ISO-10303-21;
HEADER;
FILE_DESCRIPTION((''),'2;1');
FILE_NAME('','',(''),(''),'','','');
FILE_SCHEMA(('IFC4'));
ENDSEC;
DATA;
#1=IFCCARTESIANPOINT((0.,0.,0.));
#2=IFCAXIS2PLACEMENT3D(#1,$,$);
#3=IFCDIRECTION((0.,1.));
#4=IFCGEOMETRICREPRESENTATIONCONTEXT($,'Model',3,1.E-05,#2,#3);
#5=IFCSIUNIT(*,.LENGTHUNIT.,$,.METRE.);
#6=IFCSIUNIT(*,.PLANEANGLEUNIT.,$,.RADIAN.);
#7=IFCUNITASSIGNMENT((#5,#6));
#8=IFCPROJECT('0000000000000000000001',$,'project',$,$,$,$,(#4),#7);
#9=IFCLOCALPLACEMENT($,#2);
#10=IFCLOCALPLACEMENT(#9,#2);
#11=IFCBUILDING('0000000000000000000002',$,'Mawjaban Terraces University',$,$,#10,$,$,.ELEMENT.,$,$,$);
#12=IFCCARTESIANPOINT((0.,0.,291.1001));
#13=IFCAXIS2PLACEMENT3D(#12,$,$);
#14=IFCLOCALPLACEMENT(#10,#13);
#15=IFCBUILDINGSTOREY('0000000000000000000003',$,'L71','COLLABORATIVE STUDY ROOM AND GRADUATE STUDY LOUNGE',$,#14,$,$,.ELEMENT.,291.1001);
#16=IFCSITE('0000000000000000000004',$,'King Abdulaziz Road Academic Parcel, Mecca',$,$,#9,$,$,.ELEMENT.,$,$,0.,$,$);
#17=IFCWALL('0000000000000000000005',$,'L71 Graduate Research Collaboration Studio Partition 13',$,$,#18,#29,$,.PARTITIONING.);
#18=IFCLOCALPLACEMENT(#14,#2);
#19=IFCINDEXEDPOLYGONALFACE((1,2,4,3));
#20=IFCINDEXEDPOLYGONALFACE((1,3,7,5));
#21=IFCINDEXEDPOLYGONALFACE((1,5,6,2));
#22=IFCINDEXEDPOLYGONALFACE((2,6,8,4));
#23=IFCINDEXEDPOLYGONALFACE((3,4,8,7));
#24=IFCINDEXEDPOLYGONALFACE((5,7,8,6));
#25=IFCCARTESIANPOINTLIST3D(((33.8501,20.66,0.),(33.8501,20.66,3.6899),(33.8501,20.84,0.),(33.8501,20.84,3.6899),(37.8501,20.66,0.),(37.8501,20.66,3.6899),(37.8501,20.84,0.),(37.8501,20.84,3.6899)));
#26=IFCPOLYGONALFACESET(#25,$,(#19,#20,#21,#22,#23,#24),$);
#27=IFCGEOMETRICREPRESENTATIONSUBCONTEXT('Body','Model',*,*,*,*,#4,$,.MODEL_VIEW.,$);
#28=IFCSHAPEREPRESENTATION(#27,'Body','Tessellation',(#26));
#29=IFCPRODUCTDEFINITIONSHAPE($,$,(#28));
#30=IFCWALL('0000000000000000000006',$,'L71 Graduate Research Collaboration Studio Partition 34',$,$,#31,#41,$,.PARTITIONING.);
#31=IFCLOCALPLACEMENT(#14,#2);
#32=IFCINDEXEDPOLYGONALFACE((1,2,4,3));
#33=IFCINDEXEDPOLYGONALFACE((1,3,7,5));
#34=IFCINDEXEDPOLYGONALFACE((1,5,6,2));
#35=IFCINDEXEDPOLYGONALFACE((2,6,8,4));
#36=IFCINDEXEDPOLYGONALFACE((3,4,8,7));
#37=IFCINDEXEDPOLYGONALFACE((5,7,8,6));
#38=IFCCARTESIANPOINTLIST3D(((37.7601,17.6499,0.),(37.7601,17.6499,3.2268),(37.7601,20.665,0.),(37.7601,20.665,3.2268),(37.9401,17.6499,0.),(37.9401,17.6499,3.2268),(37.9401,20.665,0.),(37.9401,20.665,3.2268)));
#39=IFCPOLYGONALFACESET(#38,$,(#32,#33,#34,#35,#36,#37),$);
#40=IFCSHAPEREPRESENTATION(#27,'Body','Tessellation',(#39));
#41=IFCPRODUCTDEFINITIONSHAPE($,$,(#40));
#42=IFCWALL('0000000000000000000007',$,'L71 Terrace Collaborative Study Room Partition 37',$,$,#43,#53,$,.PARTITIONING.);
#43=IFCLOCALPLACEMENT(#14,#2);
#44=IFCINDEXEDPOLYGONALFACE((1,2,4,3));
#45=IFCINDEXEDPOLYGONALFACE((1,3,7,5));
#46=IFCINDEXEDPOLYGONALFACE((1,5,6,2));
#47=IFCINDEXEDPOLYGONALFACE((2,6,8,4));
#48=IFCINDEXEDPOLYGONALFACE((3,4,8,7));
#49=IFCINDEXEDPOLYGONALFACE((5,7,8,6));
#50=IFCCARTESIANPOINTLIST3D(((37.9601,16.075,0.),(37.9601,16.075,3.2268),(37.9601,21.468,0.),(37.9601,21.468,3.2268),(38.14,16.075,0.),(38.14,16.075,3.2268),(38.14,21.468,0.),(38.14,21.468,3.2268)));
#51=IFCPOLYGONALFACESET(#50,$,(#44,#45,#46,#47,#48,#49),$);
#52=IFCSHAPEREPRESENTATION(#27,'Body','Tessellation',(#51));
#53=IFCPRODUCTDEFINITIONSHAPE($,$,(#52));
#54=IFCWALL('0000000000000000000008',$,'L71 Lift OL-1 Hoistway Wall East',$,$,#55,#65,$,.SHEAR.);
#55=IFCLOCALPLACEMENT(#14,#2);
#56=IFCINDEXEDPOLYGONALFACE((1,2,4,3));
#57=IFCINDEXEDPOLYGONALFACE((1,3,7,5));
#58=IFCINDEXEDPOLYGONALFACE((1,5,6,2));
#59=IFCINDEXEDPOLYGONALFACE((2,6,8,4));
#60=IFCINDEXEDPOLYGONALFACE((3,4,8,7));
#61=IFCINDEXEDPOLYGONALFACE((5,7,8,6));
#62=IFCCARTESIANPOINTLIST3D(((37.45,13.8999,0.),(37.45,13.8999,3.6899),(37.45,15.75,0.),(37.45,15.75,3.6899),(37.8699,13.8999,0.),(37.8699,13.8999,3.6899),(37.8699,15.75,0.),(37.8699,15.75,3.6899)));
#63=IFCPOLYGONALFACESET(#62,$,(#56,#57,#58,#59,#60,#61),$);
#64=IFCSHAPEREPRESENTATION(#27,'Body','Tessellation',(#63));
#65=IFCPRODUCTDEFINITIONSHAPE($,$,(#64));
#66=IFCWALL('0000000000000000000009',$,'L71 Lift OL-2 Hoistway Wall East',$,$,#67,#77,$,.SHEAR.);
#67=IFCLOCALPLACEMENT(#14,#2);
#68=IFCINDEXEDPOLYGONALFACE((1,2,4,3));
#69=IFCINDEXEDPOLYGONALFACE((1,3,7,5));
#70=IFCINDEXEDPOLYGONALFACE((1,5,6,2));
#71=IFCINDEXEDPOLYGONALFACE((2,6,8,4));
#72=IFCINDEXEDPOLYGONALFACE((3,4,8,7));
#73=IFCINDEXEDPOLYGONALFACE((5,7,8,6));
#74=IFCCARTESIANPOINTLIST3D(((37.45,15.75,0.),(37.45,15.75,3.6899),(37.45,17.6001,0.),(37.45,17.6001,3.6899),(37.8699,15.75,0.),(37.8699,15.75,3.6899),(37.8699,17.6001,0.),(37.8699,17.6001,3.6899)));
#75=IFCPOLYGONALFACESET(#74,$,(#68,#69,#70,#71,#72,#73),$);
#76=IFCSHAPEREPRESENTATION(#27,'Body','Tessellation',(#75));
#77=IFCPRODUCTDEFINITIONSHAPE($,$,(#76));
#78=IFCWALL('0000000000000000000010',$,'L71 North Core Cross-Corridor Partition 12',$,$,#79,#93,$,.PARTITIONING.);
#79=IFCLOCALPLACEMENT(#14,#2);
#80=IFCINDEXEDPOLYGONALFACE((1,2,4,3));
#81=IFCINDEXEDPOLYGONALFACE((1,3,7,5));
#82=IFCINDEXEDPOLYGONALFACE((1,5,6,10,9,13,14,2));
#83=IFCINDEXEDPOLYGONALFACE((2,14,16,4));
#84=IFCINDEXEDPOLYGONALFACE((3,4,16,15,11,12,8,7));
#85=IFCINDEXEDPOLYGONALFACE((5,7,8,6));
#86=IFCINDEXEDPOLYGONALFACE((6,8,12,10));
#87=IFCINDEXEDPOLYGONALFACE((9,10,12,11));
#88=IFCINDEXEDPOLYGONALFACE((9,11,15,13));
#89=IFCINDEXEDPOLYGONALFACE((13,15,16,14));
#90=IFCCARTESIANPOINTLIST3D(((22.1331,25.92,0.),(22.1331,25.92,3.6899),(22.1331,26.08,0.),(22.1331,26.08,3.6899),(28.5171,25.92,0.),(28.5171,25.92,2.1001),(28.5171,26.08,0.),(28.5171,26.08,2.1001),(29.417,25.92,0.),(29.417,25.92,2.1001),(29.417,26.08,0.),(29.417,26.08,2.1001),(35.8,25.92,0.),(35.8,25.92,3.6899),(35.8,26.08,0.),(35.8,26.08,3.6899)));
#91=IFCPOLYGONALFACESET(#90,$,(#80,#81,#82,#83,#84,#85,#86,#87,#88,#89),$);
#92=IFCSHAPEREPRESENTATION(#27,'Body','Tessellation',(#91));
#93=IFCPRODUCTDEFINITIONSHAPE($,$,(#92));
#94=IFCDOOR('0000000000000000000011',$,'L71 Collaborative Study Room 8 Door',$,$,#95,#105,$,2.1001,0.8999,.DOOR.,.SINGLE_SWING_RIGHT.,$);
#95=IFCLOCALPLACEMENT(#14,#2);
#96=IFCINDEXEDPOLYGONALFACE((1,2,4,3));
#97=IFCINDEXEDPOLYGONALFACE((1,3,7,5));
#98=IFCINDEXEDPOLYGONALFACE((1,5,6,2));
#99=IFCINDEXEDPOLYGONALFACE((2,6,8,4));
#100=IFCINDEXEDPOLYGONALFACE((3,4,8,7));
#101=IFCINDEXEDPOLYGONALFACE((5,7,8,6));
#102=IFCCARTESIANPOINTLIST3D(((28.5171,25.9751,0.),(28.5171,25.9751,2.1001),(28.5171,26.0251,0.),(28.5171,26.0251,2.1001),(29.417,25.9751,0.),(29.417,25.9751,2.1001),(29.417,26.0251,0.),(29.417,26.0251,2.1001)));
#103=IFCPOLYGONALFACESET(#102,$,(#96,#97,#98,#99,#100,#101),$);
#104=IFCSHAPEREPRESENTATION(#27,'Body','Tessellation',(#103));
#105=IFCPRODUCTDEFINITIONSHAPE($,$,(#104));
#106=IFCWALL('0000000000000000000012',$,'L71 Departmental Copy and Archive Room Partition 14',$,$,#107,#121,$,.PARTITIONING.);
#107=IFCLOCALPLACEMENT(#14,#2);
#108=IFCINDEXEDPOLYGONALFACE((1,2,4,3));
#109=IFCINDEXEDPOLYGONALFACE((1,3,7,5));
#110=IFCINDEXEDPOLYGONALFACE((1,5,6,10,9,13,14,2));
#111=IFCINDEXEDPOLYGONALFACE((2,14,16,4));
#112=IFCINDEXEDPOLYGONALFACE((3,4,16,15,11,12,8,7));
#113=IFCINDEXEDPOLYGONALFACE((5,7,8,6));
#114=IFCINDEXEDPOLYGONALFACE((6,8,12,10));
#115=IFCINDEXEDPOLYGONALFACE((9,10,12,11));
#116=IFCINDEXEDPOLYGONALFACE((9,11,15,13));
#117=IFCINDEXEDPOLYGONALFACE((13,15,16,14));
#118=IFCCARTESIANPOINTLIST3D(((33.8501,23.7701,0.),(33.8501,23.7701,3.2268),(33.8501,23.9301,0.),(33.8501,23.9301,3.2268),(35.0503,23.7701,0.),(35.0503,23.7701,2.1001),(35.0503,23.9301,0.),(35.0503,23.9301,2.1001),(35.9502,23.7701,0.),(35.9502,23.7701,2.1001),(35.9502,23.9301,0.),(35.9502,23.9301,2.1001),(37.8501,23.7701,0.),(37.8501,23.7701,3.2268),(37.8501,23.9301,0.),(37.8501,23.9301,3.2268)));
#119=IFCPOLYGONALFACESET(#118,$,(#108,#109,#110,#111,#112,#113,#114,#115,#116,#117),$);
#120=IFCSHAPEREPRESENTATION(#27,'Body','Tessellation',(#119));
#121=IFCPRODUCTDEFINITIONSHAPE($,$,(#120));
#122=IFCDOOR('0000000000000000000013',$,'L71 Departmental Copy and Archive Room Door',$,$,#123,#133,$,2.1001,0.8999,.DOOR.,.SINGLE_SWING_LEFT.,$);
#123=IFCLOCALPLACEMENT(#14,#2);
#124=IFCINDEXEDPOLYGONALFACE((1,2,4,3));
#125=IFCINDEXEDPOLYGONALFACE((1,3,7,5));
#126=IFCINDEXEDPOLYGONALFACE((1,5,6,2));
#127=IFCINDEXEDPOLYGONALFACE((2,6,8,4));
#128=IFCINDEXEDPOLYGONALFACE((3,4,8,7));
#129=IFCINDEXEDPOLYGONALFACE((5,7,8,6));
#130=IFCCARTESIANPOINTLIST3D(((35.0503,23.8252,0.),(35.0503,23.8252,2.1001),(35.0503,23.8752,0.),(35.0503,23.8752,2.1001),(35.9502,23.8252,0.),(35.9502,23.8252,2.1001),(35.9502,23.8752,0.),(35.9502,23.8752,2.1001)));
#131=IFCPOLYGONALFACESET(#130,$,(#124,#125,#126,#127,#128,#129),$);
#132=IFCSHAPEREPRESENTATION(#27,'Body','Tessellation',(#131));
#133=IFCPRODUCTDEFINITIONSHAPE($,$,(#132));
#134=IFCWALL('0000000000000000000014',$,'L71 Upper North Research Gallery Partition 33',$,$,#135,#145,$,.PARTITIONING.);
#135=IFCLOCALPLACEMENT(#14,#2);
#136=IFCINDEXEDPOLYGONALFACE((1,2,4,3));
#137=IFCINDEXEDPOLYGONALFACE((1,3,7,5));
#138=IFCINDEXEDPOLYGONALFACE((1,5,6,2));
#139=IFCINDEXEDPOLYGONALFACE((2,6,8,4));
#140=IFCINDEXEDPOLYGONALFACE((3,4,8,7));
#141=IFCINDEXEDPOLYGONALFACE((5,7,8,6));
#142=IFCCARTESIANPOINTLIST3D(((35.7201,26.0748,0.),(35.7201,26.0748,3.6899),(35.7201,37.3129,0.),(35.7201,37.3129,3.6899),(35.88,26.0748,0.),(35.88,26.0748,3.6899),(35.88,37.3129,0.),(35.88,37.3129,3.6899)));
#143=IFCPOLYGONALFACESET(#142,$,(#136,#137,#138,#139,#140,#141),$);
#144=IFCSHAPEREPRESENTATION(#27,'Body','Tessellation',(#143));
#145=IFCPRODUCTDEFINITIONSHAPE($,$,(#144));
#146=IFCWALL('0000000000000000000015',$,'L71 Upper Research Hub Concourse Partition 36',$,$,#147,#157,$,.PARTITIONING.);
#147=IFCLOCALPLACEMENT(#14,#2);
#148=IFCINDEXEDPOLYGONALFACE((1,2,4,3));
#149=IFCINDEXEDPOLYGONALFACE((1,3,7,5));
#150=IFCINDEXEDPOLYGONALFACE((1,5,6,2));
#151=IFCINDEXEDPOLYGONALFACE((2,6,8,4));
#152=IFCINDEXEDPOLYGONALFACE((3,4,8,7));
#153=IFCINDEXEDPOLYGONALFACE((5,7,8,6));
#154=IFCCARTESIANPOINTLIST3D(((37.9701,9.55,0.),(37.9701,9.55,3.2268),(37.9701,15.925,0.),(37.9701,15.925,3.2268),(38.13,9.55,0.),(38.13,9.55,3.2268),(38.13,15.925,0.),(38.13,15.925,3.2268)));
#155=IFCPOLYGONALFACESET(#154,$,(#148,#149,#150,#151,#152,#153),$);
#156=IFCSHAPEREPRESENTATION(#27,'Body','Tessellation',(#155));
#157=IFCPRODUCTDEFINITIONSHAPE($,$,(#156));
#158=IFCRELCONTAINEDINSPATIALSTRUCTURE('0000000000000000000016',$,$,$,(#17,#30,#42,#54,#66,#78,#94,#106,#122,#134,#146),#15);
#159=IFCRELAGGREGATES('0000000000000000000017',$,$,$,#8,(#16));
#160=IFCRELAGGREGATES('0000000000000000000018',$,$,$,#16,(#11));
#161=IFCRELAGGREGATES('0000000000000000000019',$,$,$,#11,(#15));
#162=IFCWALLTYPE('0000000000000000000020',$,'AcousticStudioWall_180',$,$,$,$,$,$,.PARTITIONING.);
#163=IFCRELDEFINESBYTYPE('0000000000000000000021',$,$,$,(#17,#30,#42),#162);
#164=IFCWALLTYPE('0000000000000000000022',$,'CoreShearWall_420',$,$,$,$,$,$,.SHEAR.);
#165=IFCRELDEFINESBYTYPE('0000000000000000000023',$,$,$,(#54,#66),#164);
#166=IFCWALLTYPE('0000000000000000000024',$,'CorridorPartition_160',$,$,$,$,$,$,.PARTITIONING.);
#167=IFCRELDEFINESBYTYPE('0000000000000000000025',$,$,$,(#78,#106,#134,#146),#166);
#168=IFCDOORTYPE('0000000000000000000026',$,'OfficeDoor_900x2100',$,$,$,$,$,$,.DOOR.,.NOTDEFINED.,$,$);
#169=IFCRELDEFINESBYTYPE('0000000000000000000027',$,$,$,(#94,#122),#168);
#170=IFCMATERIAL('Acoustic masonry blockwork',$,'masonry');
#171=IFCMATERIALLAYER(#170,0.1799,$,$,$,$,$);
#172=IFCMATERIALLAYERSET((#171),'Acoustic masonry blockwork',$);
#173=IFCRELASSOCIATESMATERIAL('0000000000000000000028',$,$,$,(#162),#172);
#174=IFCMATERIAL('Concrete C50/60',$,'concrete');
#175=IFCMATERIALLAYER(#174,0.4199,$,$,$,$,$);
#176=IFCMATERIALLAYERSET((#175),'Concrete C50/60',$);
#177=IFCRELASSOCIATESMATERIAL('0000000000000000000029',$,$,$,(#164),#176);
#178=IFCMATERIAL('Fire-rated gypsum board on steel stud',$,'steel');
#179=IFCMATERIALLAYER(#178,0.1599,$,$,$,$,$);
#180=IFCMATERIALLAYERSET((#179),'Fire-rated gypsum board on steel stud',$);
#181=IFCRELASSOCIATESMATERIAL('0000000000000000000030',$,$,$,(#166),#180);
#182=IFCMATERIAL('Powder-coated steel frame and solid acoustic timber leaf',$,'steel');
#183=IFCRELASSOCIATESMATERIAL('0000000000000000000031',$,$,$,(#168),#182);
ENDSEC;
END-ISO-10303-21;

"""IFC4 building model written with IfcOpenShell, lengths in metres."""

from ifc_helpers import new_model, si_unit, direction, frame, frame_2d, origin, place, context, subcontext, project, spatial, rectangle, extrude, material, layer, layer_set, type_object, element, fill, save


model = new_model("IFC4")

# Units and contexts
model_context = context("Model", 3, precision=1e-05, world=origin(), true_north=direction((0.0, 1.0)))
body_context = subcontext(model_context, "Body", "Model", "MODEL_VIEW")
ifc_project = project(units=[si_unit("LENGTHUNIT", "METRE"), si_unit("PLANEANGLEUNIT", "RADIAN")], contexts=[model_context])

# Site, building, storey
site_placement = place(None, origin())
site = spatial("IfcSite", under=ifc_project, at=site_placement, Name="King Abdulaziz Road Academic Parcel, Mecca", CompositionType="ELEMENT", RefElevation=0.0)
building_placement = place(site_placement, origin())
building = spatial("IfcBuilding", under=site, at=building_placement, Name="Mawjaban Terraces University", CompositionType="ELEMENT")
storey_placement = place(building_placement, frame((0.0, 0.0, 291.1001)))
storey = spatial("IfcBuildingStorey", under=building, at=storey_placement, Name="L71", Description="COLLABORATIVE STUDY ROOM AND GRADUATE STUDY LOUNGE", CompositionType="ELEMENT", Elevation=291.1001)

# Shared definitions
ifc_material_1 = material(Name="Concrete C50/60", Category="concrete")

# Walls
ifc_material_2 = material(Name="Acoustic masonry blockwork", Category="masonry")
ifc_layer_1 = layer(ifc_material_2, 0.1799)
ifc_layer_set_1 = layer_set([ifc_layer_1], Name="Acoustic masonry blockwork")
wall_type_1 = type_object("IfcWallType", Name="AcousticStudioWall_180", PredefinedType="PARTITIONING", material=ifc_layer_set_1)
wall_1_placement = place(storey_placement, frame((37.8501, 20.75, 0.0), z_axis=(0.0, 0.0, 1.0), x_axis=(-1.0, 0.0, 0.0)))
element("IfcWall", 1, at=wall_1_placement, inside=storey, type_object=wall_type_1, Name="L71 Graduate Research Collaboration Studio Partition 13", PredefinedType="PARTITIONING", context=body_context, shape_type="SweptSolid", body=[
    extrude(rectangle(XDim=4.0, YDim=0.1799, at=frame_2d((2.0, 0.0))), origin(), (0.0, 0.0, 1.0), 3.6899),
])
wall_2_placement = place(storey_placement, frame((37.8501, 17.6499, 0.0), z_axis=(0.0, 0.0, 1.0), x_axis=(0.0, 1.0, 0.0)))
element("IfcWall", 2, at=wall_2_placement, inside=storey, type_object=wall_type_1, Name="L71 Graduate Research Collaboration Studio Partition 34", PredefinedType="PARTITIONING", context=body_context, shape_type="SweptSolid", body=[
    extrude(rectangle(XDim=3.0151, YDim=0.1799, at=frame_2d((1.5076, 0.0))), origin(), (0.0, 0.0, 1.0), 3.2268),
])
wall_3_placement = place(storey_placement, frame((38.05, 21.468, 0.0), z_axis=(0.0, 0.0, 1.0), x_axis=(0.0, -1.0, 0.0)))
element("IfcWall", 3, at=wall_3_placement, inside=storey, type_object=wall_type_1, Name="L71 Terrace Collaborative Study Room Partition 37", PredefinedType="PARTITIONING", context=body_context, shape_type="SweptSolid", body=[
    extrude(rectangle(XDim=5.3931, YDim=0.1799, at=frame_2d((2.6965, 0.0))), origin(), (0.0, 0.0, 1.0), 3.2268),
])
ifc_layer_2 = layer(ifc_material_1, 0.4199)
ifc_layer_set_2 = layer_set([ifc_layer_2], Name="Concrete C50/60")
wall_type_2 = type_object("IfcWallType", Name="CoreShearWall_420", PredefinedType="SHEAR", material=ifc_layer_set_2)
for number, where, z_axis, x_axis, name in (
    (4, (37.6599, 13.8999, 0.0), (0.0, 0.0, 1.0), (0.0, 1.0, 0.0), "L71 Lift OL-1 Hoistway Wall East"),
    (5, (37.6599, 15.75, 0.0), (0.0, 0.0, 1.0), (0.0, 1.0, 0.0), "L71 Lift OL-2 Hoistway Wall East"),
):
    element("IfcWall", number, at=place(storey_placement, frame(where, z_axis=z_axis, x_axis=x_axis)), inside=storey, type_object=wall_type_2, Name=name, PredefinedType="SHEAR", context=body_context, shape_type="SweptSolid", body=[
        extrude(rectangle(XDim=1.8501, YDim=0.4199, at=frame_2d((0.925, 0.0))), origin(), (0.0, 0.0, 1.0), 3.6899),
    ])

# Walls, openings, doors
ifc_material_3 = material(Name="Fire-rated gypsum board on steel stud", Category="steel")
ifc_layer_3 = layer(ifc_material_3, 0.1599)
ifc_layer_set_3 = layer_set([ifc_layer_3], Name="Fire-rated gypsum board on steel stud")
wall_type_3 = type_object("IfcWallType", Name="CorridorPartition_160", PredefinedType="PARTITIONING", material=ifc_layer_set_3)
wall_4_placement = place(storey_placement, frame((35.8, 26.0, 0.0), z_axis=(0.0, 0.0, 1.0), x_axis=(-1.0, 0.0, 0.0)))
wall_4 = element("IfcWall", 6, at=wall_4_placement, inside=storey, type_object=wall_type_3, Name="L71 North Core Cross-Corridor Partition 12", PredefinedType="PARTITIONING", context=body_context, shape_type="SweptSolid", body=[
    extrude(rectangle(XDim=13.667, YDim=0.1599, at=frame_2d((6.8335, 0.0))), origin(), (0.0, 0.0, 1.0), 3.6899),
])
opening_1_placement = place(wall_4_placement, frame((6.3831, 0.0, 0.0)))
opening_1 = element("IfcOpeningElement", 7, at=opening_1_placement, cuts=wall_4, PredefinedType="OPENING", context=body_context, shape_type="SweptSolid", body=[
    extrude(rectangle(XDim=0.8999, YDim=2.1001, at=frame_2d((0.45, 1.05))), frame((0.0, 0.0898, 0.0), z_axis=(0.0, -1.0, 0.0), x_axis=(1.0, 0.0, 0.0)), (0.0, 0.0, 1.0), 0.1799),
])
ifc_material_4 = material(Name="Powder-coated steel frame and solid acoustic timber leaf", Category="steel")
door_type_1 = type_object("IfcDoorType", Name="OfficeDoor_900x2100", OperationType="NOTDEFINED", PredefinedType="DOOR", material=ifc_material_4)
door_1_placement = place(opening_1_placement, origin())
door_1 = element("IfcDoor", 8, at=door_1_placement, inside=storey, type_object=door_type_1, Name="L71 Collaborative Study Room 8 Door", OperationType="SINGLE_SWING_RIGHT", OverallHeight=2.1001, OverallWidth=0.8999, PredefinedType="DOOR", context=body_context, shape_type="SweptSolid", body=[
    extrude(rectangle(XDim=0.8999, YDim=2.1001, at=frame_2d((0.45, 1.05))), frame((0.0, 0.0249, 0.0), z_axis=(0.0, -1.0, 0.0), x_axis=(1.0, 0.0, 0.0)), (0.0, 0.0, 1.0), 0.05),
])
fill(opening_1, door_1)
wall_5_placement = place(storey_placement, frame((37.8501, 23.8501, 0.0), z_axis=(0.0, 0.0, 1.0), x_axis=(-1.0, 0.0, 0.0)))
wall_5 = element("IfcWall", 9, at=wall_5_placement, inside=storey, type_object=wall_type_3, Name="L71 Departmental Copy and Archive Room Partition 14", PredefinedType="PARTITIONING", context=body_context, shape_type="SweptSolid", body=[
    extrude(rectangle(XDim=4.0, YDim=0.1599, at=frame_2d((2.0, 0.0))), origin(), (0.0, 0.0, 1.0), 3.2268),
])
opening_2_placement = place(wall_5_placement, frame((1.8999, 0.0, 0.0)))
opening_2 = element("IfcOpeningElement", 10, at=opening_2_placement, cuts=wall_5, PredefinedType="OPENING", context=body_context, shape_type="SweptSolid", body=[
    extrude(rectangle(XDim=0.8999, YDim=2.1001, at=frame_2d((0.45, 1.05))), frame((0.0, 0.0898, 0.0), z_axis=(0.0, -1.0, 0.0), x_axis=(1.0, 0.0, 0.0)), (0.0, 0.0, 1.0), 0.1799),
])
door_2_placement = place(opening_2_placement, origin())
door_2 = element("IfcDoor", 11, at=door_2_placement, inside=storey, type_object=door_type_1, Name="L71 Departmental Copy and Archive Room Door", OperationType="SINGLE_SWING_LEFT", OverallHeight=2.1001, OverallWidth=0.8999, PredefinedType="DOOR", context=body_context, shape_type="SweptSolid", body=[
    extrude(rectangle(XDim=0.8999, YDim=2.1001, at=frame_2d((0.45, 1.05))), frame((0.0, 0.0249, 0.0), z_axis=(0.0, -1.0, 0.0), x_axis=(1.0, 0.0, 0.0)), (0.0, 0.0, 1.0), 0.05),
])
fill(opening_2, door_2)

# Walls
wall_6_placement = place(storey_placement, frame((35.8, 37.313, 0.0), z_axis=(0.0, 0.0, 1.0), x_axis=(0.0, -1.0, 0.0)))
element("IfcWall", 12, at=wall_6_placement, inside=storey, type_object=wall_type_3, Name="L71 Upper North Research Gallery Partition 33", PredefinedType="PARTITIONING", context=body_context, shape_type="SweptSolid", body=[
    extrude(rectangle(XDim=11.238, YDim=0.1599, at=frame_2d((5.6191, 0.0))), origin(), (0.0, 0.0, 1.0), 3.6899),
])
wall_7_placement = place(storey_placement, frame((38.05, 15.925, 0.0), z_axis=(0.0, 0.0, 1.0), x_axis=(0.0, -1.0, 0.0)))
element("IfcWall", 13, at=wall_7_placement, inside=storey, type_object=wall_type_3, Name="L71 Upper Research Hub Concourse Partition 36", PredefinedType="PARTITIONING", context=body_context, shape_type="SweptSolid", body=[
    extrude(rectangle(XDim=6.375, YDim=0.1599, at=frame_2d((3.1875, 0.0))), origin(), (0.0, 0.0, 1.0), 3.2268),
])

save(model, "model.ifc")
